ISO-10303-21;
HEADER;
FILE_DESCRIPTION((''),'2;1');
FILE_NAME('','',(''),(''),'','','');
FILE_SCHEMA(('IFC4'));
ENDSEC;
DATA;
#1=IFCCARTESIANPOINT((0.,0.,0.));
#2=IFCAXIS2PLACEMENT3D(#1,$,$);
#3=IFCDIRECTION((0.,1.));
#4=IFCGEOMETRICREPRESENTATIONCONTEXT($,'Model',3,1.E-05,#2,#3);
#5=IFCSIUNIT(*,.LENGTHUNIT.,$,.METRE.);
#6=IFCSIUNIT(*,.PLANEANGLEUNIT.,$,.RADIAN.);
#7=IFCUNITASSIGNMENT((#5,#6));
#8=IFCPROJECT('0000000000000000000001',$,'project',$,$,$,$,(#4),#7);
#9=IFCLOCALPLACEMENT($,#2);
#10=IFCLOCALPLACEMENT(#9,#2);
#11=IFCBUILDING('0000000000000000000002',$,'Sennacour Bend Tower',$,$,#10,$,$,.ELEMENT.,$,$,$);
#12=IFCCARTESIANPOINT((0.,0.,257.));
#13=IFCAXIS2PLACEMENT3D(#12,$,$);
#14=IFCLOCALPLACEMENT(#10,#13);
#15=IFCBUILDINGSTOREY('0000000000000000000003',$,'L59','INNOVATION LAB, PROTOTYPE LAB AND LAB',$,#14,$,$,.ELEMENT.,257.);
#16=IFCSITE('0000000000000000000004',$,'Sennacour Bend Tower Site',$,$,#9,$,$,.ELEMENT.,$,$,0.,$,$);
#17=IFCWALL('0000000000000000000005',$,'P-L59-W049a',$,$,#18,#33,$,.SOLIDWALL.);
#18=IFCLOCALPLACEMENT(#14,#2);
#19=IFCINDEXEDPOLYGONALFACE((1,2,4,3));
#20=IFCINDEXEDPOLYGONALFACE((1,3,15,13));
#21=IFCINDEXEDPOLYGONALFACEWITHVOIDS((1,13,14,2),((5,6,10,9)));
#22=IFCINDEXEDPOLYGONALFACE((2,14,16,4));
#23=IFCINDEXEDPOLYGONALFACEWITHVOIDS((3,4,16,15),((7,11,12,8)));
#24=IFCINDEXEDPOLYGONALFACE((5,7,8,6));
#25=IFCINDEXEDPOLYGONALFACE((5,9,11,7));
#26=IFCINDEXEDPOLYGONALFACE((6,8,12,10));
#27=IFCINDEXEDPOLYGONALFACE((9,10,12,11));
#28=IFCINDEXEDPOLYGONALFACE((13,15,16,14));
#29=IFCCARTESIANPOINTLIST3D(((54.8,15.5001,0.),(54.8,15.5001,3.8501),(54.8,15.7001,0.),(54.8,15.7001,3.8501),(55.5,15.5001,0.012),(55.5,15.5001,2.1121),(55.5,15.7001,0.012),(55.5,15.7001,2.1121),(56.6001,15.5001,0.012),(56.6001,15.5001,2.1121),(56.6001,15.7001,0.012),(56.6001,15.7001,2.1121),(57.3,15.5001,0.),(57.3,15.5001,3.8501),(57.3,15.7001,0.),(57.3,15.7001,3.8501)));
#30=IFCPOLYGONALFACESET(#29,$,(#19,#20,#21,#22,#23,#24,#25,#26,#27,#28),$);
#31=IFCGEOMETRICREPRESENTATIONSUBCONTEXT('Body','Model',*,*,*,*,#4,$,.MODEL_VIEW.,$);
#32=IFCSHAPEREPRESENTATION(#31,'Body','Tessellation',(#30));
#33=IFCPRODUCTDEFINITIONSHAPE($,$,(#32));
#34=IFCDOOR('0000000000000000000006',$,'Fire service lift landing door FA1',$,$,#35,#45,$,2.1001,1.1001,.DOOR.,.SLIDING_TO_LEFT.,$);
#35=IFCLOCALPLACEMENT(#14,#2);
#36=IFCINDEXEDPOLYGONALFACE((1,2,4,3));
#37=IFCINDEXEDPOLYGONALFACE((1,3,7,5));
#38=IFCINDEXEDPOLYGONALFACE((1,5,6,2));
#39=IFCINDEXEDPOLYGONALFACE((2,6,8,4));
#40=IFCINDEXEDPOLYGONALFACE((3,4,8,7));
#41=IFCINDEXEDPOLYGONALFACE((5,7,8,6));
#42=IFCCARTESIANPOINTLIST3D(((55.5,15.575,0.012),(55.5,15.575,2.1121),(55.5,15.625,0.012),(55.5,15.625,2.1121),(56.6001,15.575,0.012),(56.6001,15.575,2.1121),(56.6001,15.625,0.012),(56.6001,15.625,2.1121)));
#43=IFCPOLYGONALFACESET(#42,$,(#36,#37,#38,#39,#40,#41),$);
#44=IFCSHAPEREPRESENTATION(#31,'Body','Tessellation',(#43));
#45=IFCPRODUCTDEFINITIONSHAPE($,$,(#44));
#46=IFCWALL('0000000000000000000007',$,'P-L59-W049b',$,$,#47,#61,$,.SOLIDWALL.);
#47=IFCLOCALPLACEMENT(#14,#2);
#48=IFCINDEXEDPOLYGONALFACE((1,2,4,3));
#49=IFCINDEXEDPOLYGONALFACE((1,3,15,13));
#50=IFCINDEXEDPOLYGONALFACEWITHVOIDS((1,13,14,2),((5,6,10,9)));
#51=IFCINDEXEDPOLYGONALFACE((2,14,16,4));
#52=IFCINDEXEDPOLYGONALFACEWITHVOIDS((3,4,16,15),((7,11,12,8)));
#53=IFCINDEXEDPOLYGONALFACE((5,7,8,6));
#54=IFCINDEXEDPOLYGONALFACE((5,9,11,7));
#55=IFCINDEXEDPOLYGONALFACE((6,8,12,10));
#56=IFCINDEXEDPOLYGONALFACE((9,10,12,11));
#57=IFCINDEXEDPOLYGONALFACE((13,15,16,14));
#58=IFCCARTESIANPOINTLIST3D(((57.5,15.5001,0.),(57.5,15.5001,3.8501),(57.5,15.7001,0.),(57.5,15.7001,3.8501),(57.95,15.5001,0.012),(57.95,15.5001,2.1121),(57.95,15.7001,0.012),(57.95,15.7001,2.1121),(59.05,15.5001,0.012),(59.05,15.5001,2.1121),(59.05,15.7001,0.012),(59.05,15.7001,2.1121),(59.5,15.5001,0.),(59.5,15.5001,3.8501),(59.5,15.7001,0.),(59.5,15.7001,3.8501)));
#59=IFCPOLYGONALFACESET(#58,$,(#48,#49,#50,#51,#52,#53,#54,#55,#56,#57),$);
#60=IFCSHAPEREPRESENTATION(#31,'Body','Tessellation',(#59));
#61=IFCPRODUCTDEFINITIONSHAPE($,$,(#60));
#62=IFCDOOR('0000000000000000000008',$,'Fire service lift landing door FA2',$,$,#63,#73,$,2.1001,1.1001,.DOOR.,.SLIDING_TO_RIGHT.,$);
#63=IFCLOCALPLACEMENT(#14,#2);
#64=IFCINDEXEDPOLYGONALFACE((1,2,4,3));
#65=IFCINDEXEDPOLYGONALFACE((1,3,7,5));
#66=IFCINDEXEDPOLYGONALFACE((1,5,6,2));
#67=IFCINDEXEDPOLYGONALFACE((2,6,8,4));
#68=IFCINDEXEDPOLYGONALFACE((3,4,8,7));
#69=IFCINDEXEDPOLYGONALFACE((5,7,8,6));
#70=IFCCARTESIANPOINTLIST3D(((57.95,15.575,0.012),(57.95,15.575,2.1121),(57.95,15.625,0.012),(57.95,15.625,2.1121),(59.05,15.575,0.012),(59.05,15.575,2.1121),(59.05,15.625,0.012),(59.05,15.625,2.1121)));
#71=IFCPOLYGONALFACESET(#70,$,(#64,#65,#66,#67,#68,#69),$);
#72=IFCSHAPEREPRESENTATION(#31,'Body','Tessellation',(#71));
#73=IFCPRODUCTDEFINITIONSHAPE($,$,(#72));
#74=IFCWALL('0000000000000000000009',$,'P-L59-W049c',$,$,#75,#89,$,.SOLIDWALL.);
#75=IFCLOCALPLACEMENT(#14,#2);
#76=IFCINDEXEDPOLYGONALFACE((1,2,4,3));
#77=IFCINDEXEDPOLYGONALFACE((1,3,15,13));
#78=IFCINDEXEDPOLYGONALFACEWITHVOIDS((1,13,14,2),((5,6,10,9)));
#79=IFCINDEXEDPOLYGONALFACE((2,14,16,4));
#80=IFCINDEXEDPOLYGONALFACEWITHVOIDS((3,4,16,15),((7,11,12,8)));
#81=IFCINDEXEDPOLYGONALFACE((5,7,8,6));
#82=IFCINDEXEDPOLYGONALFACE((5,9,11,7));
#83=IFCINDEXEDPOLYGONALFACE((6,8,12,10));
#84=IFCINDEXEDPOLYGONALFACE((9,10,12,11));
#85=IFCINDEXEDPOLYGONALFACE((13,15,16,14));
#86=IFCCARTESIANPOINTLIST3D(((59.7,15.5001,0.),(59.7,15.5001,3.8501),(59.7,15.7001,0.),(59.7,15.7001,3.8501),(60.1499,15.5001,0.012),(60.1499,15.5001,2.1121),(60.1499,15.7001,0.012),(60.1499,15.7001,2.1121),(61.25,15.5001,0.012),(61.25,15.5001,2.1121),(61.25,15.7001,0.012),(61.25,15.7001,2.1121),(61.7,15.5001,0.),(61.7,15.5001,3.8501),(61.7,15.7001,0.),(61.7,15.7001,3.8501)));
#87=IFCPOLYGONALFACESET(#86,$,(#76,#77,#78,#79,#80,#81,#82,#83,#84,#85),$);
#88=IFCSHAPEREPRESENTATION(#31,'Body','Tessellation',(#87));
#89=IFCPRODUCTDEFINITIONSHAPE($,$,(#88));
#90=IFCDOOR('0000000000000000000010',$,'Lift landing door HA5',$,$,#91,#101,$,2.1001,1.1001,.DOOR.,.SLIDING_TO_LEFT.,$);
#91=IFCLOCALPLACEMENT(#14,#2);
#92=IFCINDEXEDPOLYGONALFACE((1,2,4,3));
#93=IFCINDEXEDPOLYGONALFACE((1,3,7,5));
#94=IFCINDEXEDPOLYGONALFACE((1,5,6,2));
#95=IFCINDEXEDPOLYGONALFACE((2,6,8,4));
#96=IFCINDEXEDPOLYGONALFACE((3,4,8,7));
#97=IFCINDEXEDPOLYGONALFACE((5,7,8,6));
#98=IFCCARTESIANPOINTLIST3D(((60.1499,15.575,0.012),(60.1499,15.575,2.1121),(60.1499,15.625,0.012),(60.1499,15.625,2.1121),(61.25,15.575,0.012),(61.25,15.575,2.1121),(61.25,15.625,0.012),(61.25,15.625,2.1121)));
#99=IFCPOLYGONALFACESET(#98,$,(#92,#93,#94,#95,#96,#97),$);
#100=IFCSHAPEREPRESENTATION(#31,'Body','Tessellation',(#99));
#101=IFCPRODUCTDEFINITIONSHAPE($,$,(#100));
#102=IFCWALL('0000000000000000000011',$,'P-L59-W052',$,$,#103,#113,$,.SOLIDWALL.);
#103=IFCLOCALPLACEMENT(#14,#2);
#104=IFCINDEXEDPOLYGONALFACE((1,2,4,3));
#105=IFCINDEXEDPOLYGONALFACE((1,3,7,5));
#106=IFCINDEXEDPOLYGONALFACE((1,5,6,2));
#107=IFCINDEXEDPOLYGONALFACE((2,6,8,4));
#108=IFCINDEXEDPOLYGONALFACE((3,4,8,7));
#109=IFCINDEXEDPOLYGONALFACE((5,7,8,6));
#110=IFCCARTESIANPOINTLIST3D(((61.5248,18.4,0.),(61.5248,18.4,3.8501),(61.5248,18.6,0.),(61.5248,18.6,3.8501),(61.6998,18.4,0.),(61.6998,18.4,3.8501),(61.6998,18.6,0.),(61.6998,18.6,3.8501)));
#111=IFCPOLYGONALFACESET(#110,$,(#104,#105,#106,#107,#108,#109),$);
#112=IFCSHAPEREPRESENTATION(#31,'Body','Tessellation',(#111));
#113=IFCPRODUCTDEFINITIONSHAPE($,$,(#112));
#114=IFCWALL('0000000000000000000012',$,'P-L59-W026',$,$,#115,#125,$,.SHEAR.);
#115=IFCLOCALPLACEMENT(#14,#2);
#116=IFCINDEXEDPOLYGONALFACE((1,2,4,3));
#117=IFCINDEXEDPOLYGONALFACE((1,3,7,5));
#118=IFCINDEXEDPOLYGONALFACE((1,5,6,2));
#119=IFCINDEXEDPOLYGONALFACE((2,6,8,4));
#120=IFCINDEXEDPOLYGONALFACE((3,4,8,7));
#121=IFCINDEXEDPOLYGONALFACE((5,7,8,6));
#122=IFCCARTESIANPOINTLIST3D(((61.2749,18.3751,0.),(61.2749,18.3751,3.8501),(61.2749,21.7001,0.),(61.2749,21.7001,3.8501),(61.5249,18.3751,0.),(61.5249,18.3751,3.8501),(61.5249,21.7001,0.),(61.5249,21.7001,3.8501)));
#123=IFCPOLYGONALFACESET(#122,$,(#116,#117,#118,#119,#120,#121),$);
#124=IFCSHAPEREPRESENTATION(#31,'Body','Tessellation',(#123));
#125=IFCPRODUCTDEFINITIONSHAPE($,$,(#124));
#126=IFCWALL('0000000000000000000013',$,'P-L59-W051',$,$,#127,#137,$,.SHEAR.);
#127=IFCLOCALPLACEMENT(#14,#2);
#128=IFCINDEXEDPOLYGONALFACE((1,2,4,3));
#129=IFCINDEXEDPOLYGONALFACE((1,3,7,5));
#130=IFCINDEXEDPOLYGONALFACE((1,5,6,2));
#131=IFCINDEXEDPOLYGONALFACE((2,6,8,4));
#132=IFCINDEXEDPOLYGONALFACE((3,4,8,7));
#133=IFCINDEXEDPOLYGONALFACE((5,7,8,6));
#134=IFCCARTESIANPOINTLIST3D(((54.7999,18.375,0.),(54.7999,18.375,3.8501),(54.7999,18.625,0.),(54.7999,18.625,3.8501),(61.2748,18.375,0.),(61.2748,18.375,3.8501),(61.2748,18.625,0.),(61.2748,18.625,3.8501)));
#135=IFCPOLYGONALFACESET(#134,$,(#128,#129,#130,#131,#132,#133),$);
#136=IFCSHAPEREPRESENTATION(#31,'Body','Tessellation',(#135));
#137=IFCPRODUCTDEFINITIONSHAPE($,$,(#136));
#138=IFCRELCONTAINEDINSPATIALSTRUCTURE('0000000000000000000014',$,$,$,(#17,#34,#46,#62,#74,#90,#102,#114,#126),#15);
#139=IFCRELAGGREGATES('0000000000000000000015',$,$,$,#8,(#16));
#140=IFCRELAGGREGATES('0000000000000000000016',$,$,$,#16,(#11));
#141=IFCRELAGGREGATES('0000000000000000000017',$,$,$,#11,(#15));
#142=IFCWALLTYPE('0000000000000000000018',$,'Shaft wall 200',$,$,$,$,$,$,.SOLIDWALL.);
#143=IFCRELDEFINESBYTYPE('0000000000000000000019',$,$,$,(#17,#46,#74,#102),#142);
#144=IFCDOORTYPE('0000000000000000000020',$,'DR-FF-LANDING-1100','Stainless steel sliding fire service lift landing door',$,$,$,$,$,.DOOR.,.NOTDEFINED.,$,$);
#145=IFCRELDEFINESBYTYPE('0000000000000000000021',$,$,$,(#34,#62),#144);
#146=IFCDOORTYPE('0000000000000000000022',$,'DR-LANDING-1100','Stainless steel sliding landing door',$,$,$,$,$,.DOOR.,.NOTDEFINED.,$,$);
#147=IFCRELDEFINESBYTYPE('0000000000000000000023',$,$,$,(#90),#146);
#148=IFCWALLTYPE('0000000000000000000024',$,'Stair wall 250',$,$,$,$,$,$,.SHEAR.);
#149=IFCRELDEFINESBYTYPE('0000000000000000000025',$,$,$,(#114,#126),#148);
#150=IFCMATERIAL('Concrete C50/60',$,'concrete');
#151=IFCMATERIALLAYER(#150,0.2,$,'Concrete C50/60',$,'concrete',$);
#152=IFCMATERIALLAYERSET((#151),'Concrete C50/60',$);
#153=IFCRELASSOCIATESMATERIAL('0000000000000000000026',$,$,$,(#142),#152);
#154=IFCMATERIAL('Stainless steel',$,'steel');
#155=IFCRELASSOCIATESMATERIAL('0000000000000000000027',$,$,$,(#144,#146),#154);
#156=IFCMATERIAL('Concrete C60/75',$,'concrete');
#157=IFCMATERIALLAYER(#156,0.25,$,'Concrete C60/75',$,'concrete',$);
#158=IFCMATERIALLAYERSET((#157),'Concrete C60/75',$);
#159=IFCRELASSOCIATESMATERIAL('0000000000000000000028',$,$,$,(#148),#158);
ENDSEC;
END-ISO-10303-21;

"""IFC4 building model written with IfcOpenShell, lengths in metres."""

from ifc_helpers import new_model, si_unit, direction, frame, frame_2d, origin, place, context, subcontext, project, spatial, rectangle, extrude, material, layer, layer_set, type_object, element, fill, save


model = new_model("IFC4")

# Units and contexts
model_context = context("Model", 3, precision=1e-05, world=origin(), true_north=direction((0.0, 1.0)))
body_context = subcontext(model_context, "Body", "Model", "MODEL_VIEW")
ifc_project = project(units=[si_unit("LENGTHUNIT", "METRE"), si_unit("PLANEANGLEUNIT", "RADIAN")], contexts=[model_context])

# Site, building, storey
site_placement = place(None, origin())
site = spatial("IfcSite", under=ifc_project, at=site_placement, Name="Sennacour Bend Tower Site", CompositionType="ELEMENT", RefElevation=0.0)
building_placement = place(site_placement, origin())
building = spatial("IfcBuilding", under=site, at=building_placement, Name="Sennacour Bend Tower", CompositionType="ELEMENT")
storey_placement = place(building_placement, frame((0.0, 0.0, 257.0)))
storey = spatial("IfcBuildingStorey", under=building, at=storey_placement, Name="L59", Description="INNOVATION LAB, PROTOTYPE LAB AND LAB", CompositionType="ELEMENT", Elevation=257.0)

# Shared definitions
ifc_material_1 = material(Name="Concrete C50/60", Category="concrete")
ifc_layer_1 = layer(ifc_material_1, 0.2, Name="Concrete C50/60", Category="concrete")
ifc_layer_set_1 = layer_set([ifc_layer_1], Name="Concrete C50/60")
wall_type_1 = type_object("IfcWallType", Name="Shaft wall 200", PredefinedType="SOLIDWALL", material=ifc_layer_set_1)

# Walls, openings, doors
wall_1_placement = place(storey_placement, frame((54.8, 15.6001, 0.0), z_axis=(0.0, 0.0, 1.0), x_axis=(1.0, 0.0, 0.0)))
wall_1 = element("IfcWall", 1, at=wall_1_placement, inside=storey, type_object=wall_type_1, Name="P-L59-W049a", PredefinedType="SOLIDWALL", context=body_context, shape_type="SweptSolid", body=[
    extrude(rectangle(XDim=2.5, YDim=0.2, at=frame_2d((1.25, 0.0))), origin(), (0.0, 0.0, 1.0), 3.8501),
])
opening_1_placement = place(wall_1_placement, frame((0.7, 0.0, 0.012)))
opening_1 = element("IfcOpeningElement", 2, at=opening_1_placement, cuts=wall_1, PredefinedType="OPENING", context=body_context, shape_type="SweptSolid", body=[
    extrude(rectangle(XDim=1.1001, YDim=2.1001, at=frame_2d((0.55, 1.05))), frame((0.0, 0.1099, 0.0), z_axis=(0.0, -1.0, 0.0), x_axis=(1.0, 0.0, 0.0)), (0.0, 0.0, 1.0), 0.22),
])
ifc_material_2 = material(Name="Stainless steel", Category="steel")
door_type_1 = type_object("IfcDoorType", Name="DR-FF-LANDING-1100", Description="Stainless steel sliding fire service lift landing door", OperationType="NOTDEFINED", PredefinedType="DOOR", material=ifc_material_2)
door_1_placement = place(opening_1_placement, origin())
door_1 = element("IfcDoor", 3, at=door_1_placement, inside=storey, type_object=door_type_1, Name="Fire service lift landing door FA1", OperationType="SLIDING_TO_LEFT", OverallHeight=2.1001, OverallWidth=1.1001, PredefinedType="DOOR", context=body_context, shape_type="SweptSolid", body=[
    extrude(rectangle(XDim=1.1001, YDim=2.1001, at=frame_2d((0.55, 1.05))), frame((0.0, 0.0249, 0.0), z_axis=(0.0, -1.0, 0.0), x_axis=(1.0, 0.0, 0.0)), (0.0, 0.0, 1.0), 0.05),
])
fill(opening_1, door_1)
wall_2_placement = place(storey_placement, frame((57.5, 15.6001, 0.0), z_axis=(0.0, 0.0, 1.0), x_axis=(1.0, 0.0, 0.0)))
wall_2 = element("IfcWall", 4, at=wall_2_placement, inside=storey, type_object=wall_type_1, Name="P-L59-W049b", PredefinedType="SOLIDWALL", context=body_context, shape_type="SweptSolid", body=[
    extrude(rectangle(XDim=2.0, YDim=0.2, at=frame_2d((1.0, 0.0))), origin(), (0.0, 0.0, 1.0), 3.8501),
])
opening_2_placement = place(wall_2_placement, frame((0.45, 0.0, 0.012)))
opening_2 = element("IfcOpeningElement", 5, at=opening_2_placement, cuts=wall_2, PredefinedType="OPENING", context=body_context, shape_type="SweptSolid", body=[
    extrude(rectangle(XDim=1.1001, YDim=2.1001, at=frame_2d((0.55, 1.05))), frame((0.0, 0.1099, 0.0), z_axis=(0.0, -1.0, 0.0), x_axis=(1.0, 0.0, 0.0)), (0.0, 0.0, 1.0), 0.22),
])
door_2_placement = place(opening_2_placement, origin())
door_2 = element("IfcDoor", 6, at=door_2_placement, inside=storey, type_object=door_type_1, Name="Fire service lift landing door FA2", OperationType="SLIDING_TO_RIGHT", OverallHeight=2.1001, OverallWidth=1.1001, PredefinedType="DOOR", context=body_context, shape_type="SweptSolid", body=[
    extrude(rectangle(XDim=1.1001, YDim=2.1001, at=frame_2d((0.55, 1.05))), frame((0.0, 0.0249, 0.0), z_axis=(0.0, -1.0, 0.0), x_axis=(1.0, 0.0, 0.0)), (0.0, 0.0, 1.0), 0.05),
])
fill(opening_2, door_2)
wall_3_placement = place(storey_placement, frame((59.7, 15.6001, 0.0), z_axis=(0.0, 0.0, 1.0), x_axis=(1.0, 0.0, 0.0)))
wall_3 = element("IfcWall", 7, at=wall_3_placement, inside=storey, type_object=wall_type_1, Name="P-L59-W049c", PredefinedType="SOLIDWALL", context=body_context, shape_type="SweptSolid", body=[
    extrude(rectangle(XDim=2.0, YDim=0.2, at=frame_2d((1.0, 0.0))), origin(), (0.0, 0.0, 1.0), 3.8501),
])
opening_3_placement = place(wall_3_placement, frame((0.45, 0.0, 0.012)))
opening_3 = element("IfcOpeningElement", 8, at=opening_3_placement, cuts=wall_3, PredefinedType="OPENING", context=body_context, shape_type="SweptSolid", body=[
    extrude(rectangle(XDim=1.1001, YDim=2.1001, at=frame_2d((0.55, 1.05))), frame((0.0, 0.1099, 0.0), z_axis=(0.0, -1.0, 0.0), x_axis=(1.0, 0.0, 0.0)), (0.0, 0.0, 1.0), 0.22),
])
door_type_2 = type_object("IfcDoorType", Name="DR-LANDING-1100", Description="Stainless steel sliding landing door", OperationType="NOTDEFINED", PredefinedType="DOOR", material=ifc_material_2)
door_3_placement = place(opening_3_placement, origin())
door_3 = element("IfcDoor", 9, at=door_3_placement, inside=storey, type_object=door_type_2, Name="Lift landing door HA5", OperationType="SLIDING_TO_LEFT", OverallHeight=2.1001, OverallWidth=1.1001, PredefinedType="DOOR", context=body_context, shape_type="SweptSolid", body=[
    extrude(rectangle(XDim=1.1001, YDim=2.1001, at=frame_2d((0.55, 1.05))), frame((0.0, 0.0249, 0.0), z_axis=(0.0, -1.0, 0.0), x_axis=(1.0, 0.0, 0.0)), (0.0, 0.0, 1.0), 0.05),
])
fill(opening_3, door_3)

# Walls
wall_4_placement = place(storey_placement, frame((61.5249, 18.5, 0.0), z_axis=(0.0, 0.0, 1.0), x_axis=(1.0, 0.0, 0.0)))
element("IfcWall", 10, at=wall_4_placement, inside=storey, type_object=wall_type_1, Name="P-L59-W052", PredefinedType="SOLIDWALL", context=body_context, shape_type="SweptSolid", body=[
    extrude(rectangle(XDim=0.175, YDim=0.2, at=frame_2d((0.0874, 0.0))), origin(), (0.0, 0.0, 1.0), 3.8501),
])
ifc_material_3 = material(Name="Concrete C60/75", Category="concrete")
ifc_layer_2 = layer(ifc_material_3, 0.25, Name="Concrete C60/75", Category="concrete")
ifc_layer_set_2 = layer_set([ifc_layer_2], Name="Concrete C60/75")
wall_type_2 = type_object("IfcWallType", Name="Stair wall 250", PredefinedType="SHEAR", material=ifc_layer_set_2)
wall_5_placement = place(storey_placement, frame((61.3999, 18.375, 0.0), z_axis=(0.0, 0.0, 1.0), x_axis=(0.0, 1.0, 0.0)))
element("IfcWall", 11, at=wall_5_placement, inside=storey, type_object=wall_type_2, Name="P-L59-W026", PredefinedType="SHEAR", context=body_context, shape_type="SweptSolid", body=[
    extrude(rectangle(XDim=3.325, YDim=0.25, at=frame_2d((1.6626, 0.0))), origin(), (0.0, 0.0, 1.0), 3.8501),
])
wall_6_placement = place(storey_placement, frame((54.8, 18.5, 0.0), z_axis=(0.0, 0.0, 1.0), x_axis=(1.0, 0.0, 0.0)))
element("IfcWall", 12, at=wall_6_placement, inside=storey, type_object=wall_type_2, Name="P-L59-W051", PredefinedType="SHEAR", context=body_context, shape_type="SweptSolid", body=[
    extrude(rectangle(XDim=6.4749, YDim=0.25, at=frame_2d((3.2373, 0.0))), origin(), (0.0, 0.0, 1.0), 3.8501),
])

save(model, "model.ifc")
